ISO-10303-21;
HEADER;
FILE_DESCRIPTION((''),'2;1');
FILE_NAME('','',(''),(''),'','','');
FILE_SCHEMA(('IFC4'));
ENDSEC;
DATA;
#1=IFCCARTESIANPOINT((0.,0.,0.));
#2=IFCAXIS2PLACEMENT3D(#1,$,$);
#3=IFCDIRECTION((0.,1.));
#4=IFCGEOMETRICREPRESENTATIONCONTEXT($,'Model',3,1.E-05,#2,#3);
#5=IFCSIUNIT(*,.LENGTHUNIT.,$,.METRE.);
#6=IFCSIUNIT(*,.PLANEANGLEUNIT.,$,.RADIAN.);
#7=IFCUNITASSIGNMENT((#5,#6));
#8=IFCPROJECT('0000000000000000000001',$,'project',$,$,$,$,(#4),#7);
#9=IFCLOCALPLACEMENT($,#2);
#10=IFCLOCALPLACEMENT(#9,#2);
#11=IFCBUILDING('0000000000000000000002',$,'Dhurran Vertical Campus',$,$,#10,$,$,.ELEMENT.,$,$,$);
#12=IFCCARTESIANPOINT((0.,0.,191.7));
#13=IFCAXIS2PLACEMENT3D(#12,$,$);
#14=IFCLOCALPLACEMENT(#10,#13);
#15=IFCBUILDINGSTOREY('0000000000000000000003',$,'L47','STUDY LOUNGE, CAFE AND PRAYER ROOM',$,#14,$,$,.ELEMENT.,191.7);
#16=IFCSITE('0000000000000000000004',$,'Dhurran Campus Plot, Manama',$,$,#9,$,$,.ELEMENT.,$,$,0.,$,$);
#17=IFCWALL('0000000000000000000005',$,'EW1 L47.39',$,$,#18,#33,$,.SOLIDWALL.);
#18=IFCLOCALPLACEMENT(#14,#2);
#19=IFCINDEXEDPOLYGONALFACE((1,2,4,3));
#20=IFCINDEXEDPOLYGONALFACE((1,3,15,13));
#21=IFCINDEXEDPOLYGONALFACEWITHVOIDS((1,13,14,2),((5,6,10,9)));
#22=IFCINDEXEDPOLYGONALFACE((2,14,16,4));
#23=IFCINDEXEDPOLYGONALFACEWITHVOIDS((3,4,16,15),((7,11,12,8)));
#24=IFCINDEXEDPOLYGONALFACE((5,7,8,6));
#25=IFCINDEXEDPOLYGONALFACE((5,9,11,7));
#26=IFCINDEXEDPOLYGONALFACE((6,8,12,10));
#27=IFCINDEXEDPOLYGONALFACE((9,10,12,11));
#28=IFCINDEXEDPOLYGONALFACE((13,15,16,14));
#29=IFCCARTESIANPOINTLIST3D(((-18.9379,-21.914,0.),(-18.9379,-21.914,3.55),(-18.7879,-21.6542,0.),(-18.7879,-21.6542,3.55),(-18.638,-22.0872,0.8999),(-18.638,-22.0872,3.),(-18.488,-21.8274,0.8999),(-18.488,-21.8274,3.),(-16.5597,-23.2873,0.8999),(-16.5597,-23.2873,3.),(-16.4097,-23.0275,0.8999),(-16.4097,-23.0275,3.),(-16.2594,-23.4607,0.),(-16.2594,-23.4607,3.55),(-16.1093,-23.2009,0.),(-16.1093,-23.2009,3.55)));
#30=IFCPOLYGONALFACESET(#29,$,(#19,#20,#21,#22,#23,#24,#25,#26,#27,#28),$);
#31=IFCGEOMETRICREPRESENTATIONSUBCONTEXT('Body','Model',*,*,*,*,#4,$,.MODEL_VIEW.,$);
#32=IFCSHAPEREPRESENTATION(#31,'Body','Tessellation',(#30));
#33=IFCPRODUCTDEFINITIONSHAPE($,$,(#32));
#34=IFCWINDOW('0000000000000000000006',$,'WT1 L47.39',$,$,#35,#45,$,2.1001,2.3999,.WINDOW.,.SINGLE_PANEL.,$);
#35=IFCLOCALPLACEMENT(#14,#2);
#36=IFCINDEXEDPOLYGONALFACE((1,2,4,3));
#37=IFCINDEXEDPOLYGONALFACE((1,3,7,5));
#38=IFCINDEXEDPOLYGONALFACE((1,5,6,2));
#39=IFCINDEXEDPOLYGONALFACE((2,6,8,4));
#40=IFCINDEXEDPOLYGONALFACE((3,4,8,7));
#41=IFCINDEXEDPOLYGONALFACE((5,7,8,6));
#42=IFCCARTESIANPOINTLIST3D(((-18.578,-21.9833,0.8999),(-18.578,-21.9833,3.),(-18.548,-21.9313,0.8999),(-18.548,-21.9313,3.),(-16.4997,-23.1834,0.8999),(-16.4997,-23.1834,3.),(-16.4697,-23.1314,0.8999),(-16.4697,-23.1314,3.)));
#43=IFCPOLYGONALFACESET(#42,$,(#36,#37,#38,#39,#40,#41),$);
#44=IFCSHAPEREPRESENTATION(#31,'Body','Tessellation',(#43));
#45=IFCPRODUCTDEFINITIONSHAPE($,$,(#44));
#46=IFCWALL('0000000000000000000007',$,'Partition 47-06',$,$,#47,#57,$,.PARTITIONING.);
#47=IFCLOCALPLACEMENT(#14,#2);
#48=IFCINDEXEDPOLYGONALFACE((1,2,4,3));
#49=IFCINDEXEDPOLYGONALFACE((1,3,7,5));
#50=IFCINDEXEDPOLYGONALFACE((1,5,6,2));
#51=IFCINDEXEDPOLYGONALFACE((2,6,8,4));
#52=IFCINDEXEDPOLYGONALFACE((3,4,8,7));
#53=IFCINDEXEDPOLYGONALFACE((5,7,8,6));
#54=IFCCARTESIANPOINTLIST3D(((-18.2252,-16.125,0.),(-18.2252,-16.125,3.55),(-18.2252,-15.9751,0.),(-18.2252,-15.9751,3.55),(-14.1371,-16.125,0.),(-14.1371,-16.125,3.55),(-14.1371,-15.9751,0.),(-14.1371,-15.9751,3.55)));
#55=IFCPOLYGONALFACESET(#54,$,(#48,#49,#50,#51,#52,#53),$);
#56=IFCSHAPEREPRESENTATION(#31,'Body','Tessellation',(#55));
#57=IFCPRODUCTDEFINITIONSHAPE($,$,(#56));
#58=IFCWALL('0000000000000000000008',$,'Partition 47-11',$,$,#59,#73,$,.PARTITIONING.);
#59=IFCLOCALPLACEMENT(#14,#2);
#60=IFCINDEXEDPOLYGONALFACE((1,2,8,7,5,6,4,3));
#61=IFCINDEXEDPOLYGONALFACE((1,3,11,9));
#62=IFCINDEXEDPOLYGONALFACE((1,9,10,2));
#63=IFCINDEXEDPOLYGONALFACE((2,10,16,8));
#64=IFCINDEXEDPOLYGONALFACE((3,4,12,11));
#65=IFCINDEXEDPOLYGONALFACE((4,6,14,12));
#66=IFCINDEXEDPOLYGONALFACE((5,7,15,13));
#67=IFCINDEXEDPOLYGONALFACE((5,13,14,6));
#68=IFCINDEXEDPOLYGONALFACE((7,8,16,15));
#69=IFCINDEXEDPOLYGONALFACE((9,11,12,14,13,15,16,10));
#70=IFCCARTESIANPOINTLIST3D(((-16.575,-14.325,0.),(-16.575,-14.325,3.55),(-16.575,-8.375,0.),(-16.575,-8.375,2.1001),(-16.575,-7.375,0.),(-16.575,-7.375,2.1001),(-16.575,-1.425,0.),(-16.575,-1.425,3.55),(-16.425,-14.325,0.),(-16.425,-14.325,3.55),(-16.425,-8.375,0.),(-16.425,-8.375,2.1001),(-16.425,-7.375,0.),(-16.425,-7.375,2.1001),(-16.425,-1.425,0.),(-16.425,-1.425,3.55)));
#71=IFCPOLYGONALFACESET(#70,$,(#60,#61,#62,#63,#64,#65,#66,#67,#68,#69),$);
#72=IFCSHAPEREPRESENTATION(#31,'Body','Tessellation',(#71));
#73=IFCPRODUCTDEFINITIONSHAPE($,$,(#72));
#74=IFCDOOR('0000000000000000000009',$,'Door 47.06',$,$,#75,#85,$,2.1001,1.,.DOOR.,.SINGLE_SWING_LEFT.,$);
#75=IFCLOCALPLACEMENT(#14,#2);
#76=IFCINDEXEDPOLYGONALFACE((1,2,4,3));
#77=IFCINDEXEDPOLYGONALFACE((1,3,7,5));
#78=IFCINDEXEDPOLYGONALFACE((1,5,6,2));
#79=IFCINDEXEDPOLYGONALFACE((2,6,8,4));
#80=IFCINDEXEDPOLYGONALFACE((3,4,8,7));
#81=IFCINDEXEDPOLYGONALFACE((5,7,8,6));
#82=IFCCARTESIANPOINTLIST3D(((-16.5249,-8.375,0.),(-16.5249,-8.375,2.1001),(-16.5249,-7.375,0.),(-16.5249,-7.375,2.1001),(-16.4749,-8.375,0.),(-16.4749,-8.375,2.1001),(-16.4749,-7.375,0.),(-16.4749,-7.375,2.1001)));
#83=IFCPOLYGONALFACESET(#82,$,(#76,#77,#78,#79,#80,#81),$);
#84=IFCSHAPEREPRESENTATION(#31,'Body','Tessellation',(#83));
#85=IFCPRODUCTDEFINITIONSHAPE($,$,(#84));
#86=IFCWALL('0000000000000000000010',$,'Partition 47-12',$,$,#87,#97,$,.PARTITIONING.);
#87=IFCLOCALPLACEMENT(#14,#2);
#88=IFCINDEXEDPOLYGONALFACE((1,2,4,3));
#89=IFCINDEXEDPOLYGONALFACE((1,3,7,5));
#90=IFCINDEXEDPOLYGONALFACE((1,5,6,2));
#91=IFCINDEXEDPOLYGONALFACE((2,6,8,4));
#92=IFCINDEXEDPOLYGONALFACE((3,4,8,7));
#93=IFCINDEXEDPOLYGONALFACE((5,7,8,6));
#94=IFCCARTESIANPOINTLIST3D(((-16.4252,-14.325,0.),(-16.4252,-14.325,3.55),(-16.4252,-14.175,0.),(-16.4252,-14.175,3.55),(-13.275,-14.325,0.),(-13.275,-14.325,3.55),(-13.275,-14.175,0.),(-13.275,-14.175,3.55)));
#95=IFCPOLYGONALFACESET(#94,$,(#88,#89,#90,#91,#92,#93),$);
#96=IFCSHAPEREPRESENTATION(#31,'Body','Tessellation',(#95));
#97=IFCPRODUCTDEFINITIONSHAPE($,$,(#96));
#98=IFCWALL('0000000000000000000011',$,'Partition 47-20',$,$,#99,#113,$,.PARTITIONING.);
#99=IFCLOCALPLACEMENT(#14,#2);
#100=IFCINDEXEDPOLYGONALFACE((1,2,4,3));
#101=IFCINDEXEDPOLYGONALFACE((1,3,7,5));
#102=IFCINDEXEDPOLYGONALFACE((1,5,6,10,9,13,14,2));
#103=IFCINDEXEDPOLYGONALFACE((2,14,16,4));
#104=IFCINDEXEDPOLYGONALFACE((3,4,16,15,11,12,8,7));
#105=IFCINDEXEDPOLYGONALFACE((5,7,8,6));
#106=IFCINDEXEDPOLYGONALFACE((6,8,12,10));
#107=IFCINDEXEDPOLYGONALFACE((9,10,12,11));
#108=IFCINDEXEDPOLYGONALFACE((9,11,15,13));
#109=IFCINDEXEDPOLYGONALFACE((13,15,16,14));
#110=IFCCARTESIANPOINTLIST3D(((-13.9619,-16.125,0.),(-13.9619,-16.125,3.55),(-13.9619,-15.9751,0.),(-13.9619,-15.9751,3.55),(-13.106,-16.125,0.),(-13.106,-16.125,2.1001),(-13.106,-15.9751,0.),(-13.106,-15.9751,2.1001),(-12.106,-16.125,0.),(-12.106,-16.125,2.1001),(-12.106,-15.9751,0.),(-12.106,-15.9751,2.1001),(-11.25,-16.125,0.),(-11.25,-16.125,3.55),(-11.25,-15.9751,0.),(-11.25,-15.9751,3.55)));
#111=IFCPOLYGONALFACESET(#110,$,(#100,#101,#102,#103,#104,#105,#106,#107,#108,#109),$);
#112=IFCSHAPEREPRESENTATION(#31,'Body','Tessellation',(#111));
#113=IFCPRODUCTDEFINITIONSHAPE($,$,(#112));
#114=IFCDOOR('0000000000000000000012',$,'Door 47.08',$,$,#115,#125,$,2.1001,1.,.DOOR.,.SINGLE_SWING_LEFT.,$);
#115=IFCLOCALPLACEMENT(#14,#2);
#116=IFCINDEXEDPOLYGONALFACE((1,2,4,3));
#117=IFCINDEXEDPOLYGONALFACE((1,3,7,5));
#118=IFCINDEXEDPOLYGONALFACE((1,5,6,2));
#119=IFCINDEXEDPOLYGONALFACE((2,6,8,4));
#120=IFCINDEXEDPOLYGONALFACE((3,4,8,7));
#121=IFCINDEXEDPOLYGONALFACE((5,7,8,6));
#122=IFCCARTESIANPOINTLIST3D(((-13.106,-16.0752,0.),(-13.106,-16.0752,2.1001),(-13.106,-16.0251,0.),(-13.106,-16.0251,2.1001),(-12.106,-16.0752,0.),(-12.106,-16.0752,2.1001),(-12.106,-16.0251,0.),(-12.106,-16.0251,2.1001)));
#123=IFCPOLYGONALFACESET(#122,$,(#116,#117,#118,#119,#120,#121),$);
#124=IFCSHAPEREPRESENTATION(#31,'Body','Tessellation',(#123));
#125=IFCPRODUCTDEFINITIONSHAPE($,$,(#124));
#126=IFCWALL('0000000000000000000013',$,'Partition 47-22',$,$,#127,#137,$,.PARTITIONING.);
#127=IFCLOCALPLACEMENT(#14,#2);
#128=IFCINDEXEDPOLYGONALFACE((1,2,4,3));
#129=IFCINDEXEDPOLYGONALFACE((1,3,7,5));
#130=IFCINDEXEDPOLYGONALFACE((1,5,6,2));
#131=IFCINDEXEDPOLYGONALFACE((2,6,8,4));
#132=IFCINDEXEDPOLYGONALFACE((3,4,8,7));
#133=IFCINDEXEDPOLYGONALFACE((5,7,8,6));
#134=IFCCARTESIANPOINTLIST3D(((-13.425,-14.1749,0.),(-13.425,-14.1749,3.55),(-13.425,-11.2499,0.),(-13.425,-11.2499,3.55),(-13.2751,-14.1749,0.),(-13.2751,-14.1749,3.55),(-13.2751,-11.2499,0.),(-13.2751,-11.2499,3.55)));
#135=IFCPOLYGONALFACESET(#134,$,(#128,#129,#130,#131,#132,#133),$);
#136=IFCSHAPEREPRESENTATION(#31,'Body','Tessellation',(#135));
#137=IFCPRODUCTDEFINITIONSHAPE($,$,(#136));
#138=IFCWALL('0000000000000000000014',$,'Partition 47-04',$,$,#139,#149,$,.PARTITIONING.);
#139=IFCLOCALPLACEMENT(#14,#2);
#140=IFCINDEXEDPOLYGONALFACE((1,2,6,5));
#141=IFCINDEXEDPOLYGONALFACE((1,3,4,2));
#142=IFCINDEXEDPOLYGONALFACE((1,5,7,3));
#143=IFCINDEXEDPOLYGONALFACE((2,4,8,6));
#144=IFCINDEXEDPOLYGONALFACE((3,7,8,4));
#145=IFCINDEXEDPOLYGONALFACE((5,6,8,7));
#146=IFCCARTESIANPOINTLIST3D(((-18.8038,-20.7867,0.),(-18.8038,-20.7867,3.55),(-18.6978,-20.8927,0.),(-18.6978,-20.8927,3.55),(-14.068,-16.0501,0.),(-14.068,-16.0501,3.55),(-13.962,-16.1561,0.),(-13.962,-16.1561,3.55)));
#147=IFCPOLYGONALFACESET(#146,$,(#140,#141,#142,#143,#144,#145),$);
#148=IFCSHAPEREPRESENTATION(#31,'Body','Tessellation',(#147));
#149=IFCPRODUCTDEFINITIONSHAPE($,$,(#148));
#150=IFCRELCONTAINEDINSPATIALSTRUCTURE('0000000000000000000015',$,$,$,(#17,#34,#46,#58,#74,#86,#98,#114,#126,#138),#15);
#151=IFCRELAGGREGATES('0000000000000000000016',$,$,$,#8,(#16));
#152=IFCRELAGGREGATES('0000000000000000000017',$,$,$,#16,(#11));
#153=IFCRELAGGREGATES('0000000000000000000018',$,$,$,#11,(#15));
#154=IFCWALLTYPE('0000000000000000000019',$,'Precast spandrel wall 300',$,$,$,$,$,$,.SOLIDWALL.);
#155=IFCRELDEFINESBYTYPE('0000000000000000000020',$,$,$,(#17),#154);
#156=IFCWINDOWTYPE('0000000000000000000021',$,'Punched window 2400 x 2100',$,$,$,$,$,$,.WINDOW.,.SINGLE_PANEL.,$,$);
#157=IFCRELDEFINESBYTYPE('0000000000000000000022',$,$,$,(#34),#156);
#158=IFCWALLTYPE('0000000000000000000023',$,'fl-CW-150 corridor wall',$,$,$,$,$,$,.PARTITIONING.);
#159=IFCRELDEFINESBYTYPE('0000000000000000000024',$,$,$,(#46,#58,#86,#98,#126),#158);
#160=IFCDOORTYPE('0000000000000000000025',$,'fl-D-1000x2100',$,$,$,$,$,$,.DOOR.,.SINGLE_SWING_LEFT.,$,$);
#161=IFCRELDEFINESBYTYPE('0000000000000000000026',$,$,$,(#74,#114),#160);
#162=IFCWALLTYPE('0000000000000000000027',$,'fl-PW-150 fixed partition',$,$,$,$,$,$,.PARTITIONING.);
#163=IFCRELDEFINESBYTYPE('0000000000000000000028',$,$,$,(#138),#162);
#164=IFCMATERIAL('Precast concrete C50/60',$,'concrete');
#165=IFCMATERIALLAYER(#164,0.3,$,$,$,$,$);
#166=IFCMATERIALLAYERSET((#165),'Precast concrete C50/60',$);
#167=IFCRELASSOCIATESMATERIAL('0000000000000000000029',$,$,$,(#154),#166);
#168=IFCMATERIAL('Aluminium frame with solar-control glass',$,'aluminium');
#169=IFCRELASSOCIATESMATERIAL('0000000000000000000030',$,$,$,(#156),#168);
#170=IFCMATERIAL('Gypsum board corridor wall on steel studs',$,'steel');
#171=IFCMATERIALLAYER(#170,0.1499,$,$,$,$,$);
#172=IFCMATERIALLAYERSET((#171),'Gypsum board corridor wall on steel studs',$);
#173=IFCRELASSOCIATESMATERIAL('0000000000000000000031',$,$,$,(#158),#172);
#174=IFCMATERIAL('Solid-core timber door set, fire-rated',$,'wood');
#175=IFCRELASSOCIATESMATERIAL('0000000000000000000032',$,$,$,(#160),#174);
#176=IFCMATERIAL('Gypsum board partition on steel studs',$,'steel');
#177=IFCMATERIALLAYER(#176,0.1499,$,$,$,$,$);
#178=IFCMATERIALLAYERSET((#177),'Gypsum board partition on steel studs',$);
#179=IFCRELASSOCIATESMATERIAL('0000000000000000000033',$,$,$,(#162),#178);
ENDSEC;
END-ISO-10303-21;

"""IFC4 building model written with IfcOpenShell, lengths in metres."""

from ifc_helpers import new_model, si_unit, direction, frame, frame_2d, origin, place, context, subcontext, project, spatial, rectangle, extrude, material, layer, layer_set, type_object, element, fill, save


model = new_model("IFC4")

# Units and contexts
model_context = context("Model", 3, precision=1e-05, world=origin(), true_north=direction((0.0, 1.0)))
body_context = subcontext(model_context, "Body", "Model", "MODEL_VIEW")
ifc_project = project(units=[si_unit("LENGTHUNIT", "METRE"), si_unit("PLANEANGLEUNIT", "RADIAN")], contexts=[model_context])

# Site, building, storey
site_placement = place(None, origin())
site = spatial("IfcSite", under=ifc_project, at=site_placement, Name="Dhurran Campus Plot, Manama", CompositionType="ELEMENT", RefElevation=0.0)
building_placement = place(site_placement, origin())
building = spatial("IfcBuilding", under=site, at=building_placement, Name="Dhurran Vertical Campus", CompositionType="ELEMENT")
storey_placement = place(building_placement, frame((0.0, 0.0, 191.7)))
storey = spatial("IfcBuildingStorey", under=building, at=storey_placement, Name="L47", Description="STUDY LOUNGE, CAFE AND PRAYER ROOM", CompositionType="ELEMENT", Elevation=191.7)

# Wall, opening, window
ifc_material_1 = material(Name="Precast concrete C50/60", Category="concrete")
ifc_layer_1 = layer(ifc_material_1, 0.3)
ifc_layer_set_1 = layer_set([ifc_layer_1], Name="Precast concrete C50/60")
wall_type_1 = type_object("IfcWallType", Name="Precast spandrel wall 300", PredefinedType="SOLIDWALL", material=ifc_layer_set_1)
ifc_material_2 = material(Name="Aluminium frame with solar-control glass", Category="aluminium")
window_type = type_object("IfcWindowType", Name="Punched window 2400 x 2100", PartitioningType="SINGLE_PANEL", PredefinedType="WINDOW", material=ifc_material_2)
wall_1_placement = place(storey_placement, frame((-18.8628, -21.7842, 0.0), z_axis=(0.0, 0.0, 1.0), x_axis=(0.865995, -0.500053, 0.0)))
wall_1 = element("IfcWall", 1, at=wall_1_placement, inside=storey, type_object=wall_type_1, Name="EW1 L47.39", PredefinedType="SOLIDWALL", context=body_context, shape_type="SweptSolid", body=[
    extrude(rectangle(XDim=3.093, YDim=0.3, at=frame_2d((1.5464, 0.0))), origin(), (0.0, 0.0, 1.0), 3.55),
])
opening_1_placement = place(wall_1_placement, frame((0.3462, 0.0, 0.8999)))
opening_1 = element("IfcOpeningElement", 2, at=opening_1_placement, cuts=wall_1, PredefinedType="OPENING", context=body_context, shape_type="SweptSolid", body=[
    extrude(rectangle(XDim=2.3999, YDim=2.1001, at=frame_2d((1.2, 1.05))), frame((0.0, 0.1599, 0.0), z_axis=(0.0, -1.0, 0.0), x_axis=(1.0, 0.0, 0.0)), (0.0, 0.0, 1.0), 0.3201),
])
window_1_placement = place(opening_1_placement, origin())
window_1 = element("IfcWindow", 3, at=window_1_placement, inside=storey, type_object=window_type, Name="WT1 L47.39", OverallHeight=2.1001, OverallWidth=2.3999, PartitioningType="SINGLE_PANEL", PredefinedType="WINDOW", context=body_context, shape_type="SweptSolid", body=[
    extrude(rectangle(XDim=2.3999, YDim=2.1001, at=frame_2d((1.2, 1.05))), frame((0.0, 0.03, 0.0), z_axis=(0.0, -1.0, 0.0), x_axis=(1.0, 0.0, 0.0)), (0.0, 0.0, 1.0), 0.0601),
])
fill(opening_1, window_1)

# Wall
ifc_material_3 = material(Name="Gypsum board corridor wall on steel studs", Category="steel")
ifc_layer_2 = layer(ifc_material_3, 0.1499)
ifc_layer_set_2 = layer_set([ifc_layer_2], Name="Gypsum board corridor wall on steel studs")
wall_type_2 = type_object("IfcWallType", Name="fl-CW-150 corridor wall", PredefinedType="PARTITIONING", material=ifc_layer_set_2)
wall_2_placement = place(storey_placement, frame((-18.2251, -16.05, 0.0), z_axis=(0.0, 0.0, 1.0), x_axis=(1.0, 0.0, 0.0)))
element("IfcWall", 4, at=wall_2_placement, inside=storey, type_object=wall_type_2, Name="Partition 47-06", PredefinedType="PARTITIONING", context=body_context, shape_type="SweptSolid", body=[
    extrude(rectangle(XDim=4.0881, YDim=0.1499, at=frame_2d((2.0439, 0.0))), origin(), (0.0, 0.0, 1.0), 3.55),
])

# Wall, opening, door
wall_3_placement = place(storey_placement, frame((-16.5, -14.325, 0.0), z_axis=(0.0, 0.0, 1.0), x_axis=(0.0, 1.0, 0.0)))
wall_3 = element("IfcWall", 5, at=wall_3_placement, inside=storey, type_object=wall_type_2, Name="Partition 47-11", PredefinedType="PARTITIONING", context=body_context, shape_type="SweptSolid", body=[
    extrude(rectangle(XDim=12.8999, YDim=0.1499, at=frame_2d((6.45, 0.0))), origin(), (0.0, 0.0, 1.0), 3.55),
])
opening_2_placement = place(wall_3_placement, frame((5.95, 0.0, 0.0)))
opening_2 = element("IfcOpeningElement", 6, at=opening_2_placement, cuts=wall_3, PredefinedType="OPENING", context=body_context, shape_type="SweptSolid", body=[
    extrude(rectangle(XDim=1.0, YDim=2.1001, at=frame_2d((0.5, 1.05))), frame((0.0, 0.085, 0.0), z_axis=(0.0, -1.0, 0.0), x_axis=(1.0, 0.0, 0.0)), (0.0, 0.0, 1.0), 0.1699),
])
ifc_material_4 = material(Name="Solid-core timber door set, fire-rated", Category="wood")
door_type = type_object("IfcDoorType", Name="fl-D-1000x2100", OperationType="SINGLE_SWING_LEFT", PredefinedType="DOOR", material=ifc_material_4)
door_1_placement = place(opening_2_placement, origin())
door_1 = element("IfcDoor", 7, at=door_1_placement, inside=storey, type_object=door_type, Name="Door 47.06", OperationType="SINGLE_SWING_LEFT", OverallHeight=2.1001, OverallWidth=1.0, PredefinedType="DOOR", context=body_context, shape_type="SweptSolid", body=[
    extrude(rectangle(XDim=1.0, YDim=2.1001, at=frame_2d((0.5, 1.05))), frame((0.0, 0.0249, 0.0), z_axis=(0.0, -1.0, 0.0), x_axis=(1.0, 0.0, 0.0)), (0.0, 0.0, 1.0), 0.05),
])
fill(opening_2, door_1)

# Wall
wall_4_placement = place(storey_placement, frame((-13.2749, -14.25, 0.0), z_axis=(0.0, 0.0, 1.0), x_axis=(-1.0, 0.0, 0.0)))
element("IfcWall", 8, at=wall_4_placement, inside=storey, type_object=wall_type_2, Name="Partition 47-12", PredefinedType="PARTITIONING", context=body_context, shape_type="SweptSolid", body=[
    extrude(rectangle(XDim=3.1501, YDim=0.1499, at=frame_2d((1.5752, 0.0))), origin(), (0.0, 0.0, 1.0), 3.55),
])

# Wall, opening, door
wall_5_placement = place(storey_placement, frame((-13.9619, -16.05, 0.0), z_axis=(0.0, 0.0, 1.0), x_axis=(1.0, 0.0, 0.0)))
wall_5 = element("IfcWall", 9, at=wall_5_placement, inside=storey, type_object=wall_type_2, Name="Partition 47-20", PredefinedType="PARTITIONING", context=body_context, shape_type="SweptSolid", body=[
    extrude(rectangle(XDim=2.7119, YDim=0.1499, at=frame_2d((1.356, 0.0))), origin(), (0.0, 0.0, 1.0), 3.55),
])
opening_3_placement = place(wall_5_placement, frame((0.856, 0.0, 0.0)))
opening_3 = element("IfcOpeningElement", 10, at=opening_3_placement, cuts=wall_5, PredefinedType="OPENING", context=body_context, shape_type="SweptSolid", body=[
    extrude(rectangle(XDim=1.0, YDim=2.1001, at=frame_2d((0.5, 1.05))), frame((0.0, 0.085, 0.0), z_axis=(0.0, -1.0, 0.0), x_axis=(1.0, 0.0, 0.0)), (0.0, 0.0, 1.0), 0.1699),
])
door_2_placement = place(opening_3_placement, origin())
door_2 = element("IfcDoor", 11, at=door_2_placement, inside=storey, type_object=door_type, Name="Door 47.08", OperationType="SINGLE_SWING_LEFT", OverallHeight=2.1001, OverallWidth=1.0, PredefinedType="DOOR", context=body_context, shape_type="SweptSolid", body=[
    extrude(rectangle(XDim=1.0, YDim=2.1001, at=frame_2d((0.5, 1.05))), frame((0.0, 0.0249, 0.0), z_axis=(0.0, -1.0, 0.0), x_axis=(1.0, 0.0, 0.0)), (0.0, 0.0, 1.0), 0.05),
])
fill(opening_3, door_2)

# Walls
wall_6_placement = place(storey_placement, frame((-13.3501, -11.25, 0.0), z_axis=(0.0, 0.0, 1.0), x_axis=(0.0, -1.0, 0.0)))
element("IfcWall", 12, at=wall_6_placement, inside=storey, type_object=wall_type_2, Name="Partition 47-22", PredefinedType="PARTITIONING", context=body_context, shape_type="SweptSolid", body=[
    extrude(rectangle(XDim=2.925, YDim=0.1499, at=frame_2d((1.4624, 0.0))), origin(), (0.0, 0.0, 1.0), 3.55),
])
ifc_material_5 = material(Name="Gypsum board partition on steel studs", Category="steel")
ifc_layer_3 = layer(ifc_material_5, 0.1499)
ifc_layer_set_3 = layer_set([ifc_layer_3], Name="Gypsum board partition on steel studs")
wall_type_3 = type_object("IfcWallType", Name="fl-PW-150 fixed partition", PredefinedType="PARTITIONING", material=ifc_layer_set_3)
wall_7_placement = place(storey_placement, frame((-14.0149, -16.103, 0.0), z_axis=(0.0, 0.0, 1.0), x_axis=(-0.707052, -0.707161, 0.0)))
element("IfcWall", 13, at=wall_7_placement, inside=storey, type_object=wall_type_3, Name="Partition 47-04", PredefinedType="PARTITIONING", context=body_context, shape_type="SweptSolid", body=[
    extrude(rectangle(XDim=6.698, YDim=0.1499, at=frame_2d((3.3491, 0.0))), origin(), (0.0, 0.0, 1.0), 3.55),
])

save(model, "model.ifc")
